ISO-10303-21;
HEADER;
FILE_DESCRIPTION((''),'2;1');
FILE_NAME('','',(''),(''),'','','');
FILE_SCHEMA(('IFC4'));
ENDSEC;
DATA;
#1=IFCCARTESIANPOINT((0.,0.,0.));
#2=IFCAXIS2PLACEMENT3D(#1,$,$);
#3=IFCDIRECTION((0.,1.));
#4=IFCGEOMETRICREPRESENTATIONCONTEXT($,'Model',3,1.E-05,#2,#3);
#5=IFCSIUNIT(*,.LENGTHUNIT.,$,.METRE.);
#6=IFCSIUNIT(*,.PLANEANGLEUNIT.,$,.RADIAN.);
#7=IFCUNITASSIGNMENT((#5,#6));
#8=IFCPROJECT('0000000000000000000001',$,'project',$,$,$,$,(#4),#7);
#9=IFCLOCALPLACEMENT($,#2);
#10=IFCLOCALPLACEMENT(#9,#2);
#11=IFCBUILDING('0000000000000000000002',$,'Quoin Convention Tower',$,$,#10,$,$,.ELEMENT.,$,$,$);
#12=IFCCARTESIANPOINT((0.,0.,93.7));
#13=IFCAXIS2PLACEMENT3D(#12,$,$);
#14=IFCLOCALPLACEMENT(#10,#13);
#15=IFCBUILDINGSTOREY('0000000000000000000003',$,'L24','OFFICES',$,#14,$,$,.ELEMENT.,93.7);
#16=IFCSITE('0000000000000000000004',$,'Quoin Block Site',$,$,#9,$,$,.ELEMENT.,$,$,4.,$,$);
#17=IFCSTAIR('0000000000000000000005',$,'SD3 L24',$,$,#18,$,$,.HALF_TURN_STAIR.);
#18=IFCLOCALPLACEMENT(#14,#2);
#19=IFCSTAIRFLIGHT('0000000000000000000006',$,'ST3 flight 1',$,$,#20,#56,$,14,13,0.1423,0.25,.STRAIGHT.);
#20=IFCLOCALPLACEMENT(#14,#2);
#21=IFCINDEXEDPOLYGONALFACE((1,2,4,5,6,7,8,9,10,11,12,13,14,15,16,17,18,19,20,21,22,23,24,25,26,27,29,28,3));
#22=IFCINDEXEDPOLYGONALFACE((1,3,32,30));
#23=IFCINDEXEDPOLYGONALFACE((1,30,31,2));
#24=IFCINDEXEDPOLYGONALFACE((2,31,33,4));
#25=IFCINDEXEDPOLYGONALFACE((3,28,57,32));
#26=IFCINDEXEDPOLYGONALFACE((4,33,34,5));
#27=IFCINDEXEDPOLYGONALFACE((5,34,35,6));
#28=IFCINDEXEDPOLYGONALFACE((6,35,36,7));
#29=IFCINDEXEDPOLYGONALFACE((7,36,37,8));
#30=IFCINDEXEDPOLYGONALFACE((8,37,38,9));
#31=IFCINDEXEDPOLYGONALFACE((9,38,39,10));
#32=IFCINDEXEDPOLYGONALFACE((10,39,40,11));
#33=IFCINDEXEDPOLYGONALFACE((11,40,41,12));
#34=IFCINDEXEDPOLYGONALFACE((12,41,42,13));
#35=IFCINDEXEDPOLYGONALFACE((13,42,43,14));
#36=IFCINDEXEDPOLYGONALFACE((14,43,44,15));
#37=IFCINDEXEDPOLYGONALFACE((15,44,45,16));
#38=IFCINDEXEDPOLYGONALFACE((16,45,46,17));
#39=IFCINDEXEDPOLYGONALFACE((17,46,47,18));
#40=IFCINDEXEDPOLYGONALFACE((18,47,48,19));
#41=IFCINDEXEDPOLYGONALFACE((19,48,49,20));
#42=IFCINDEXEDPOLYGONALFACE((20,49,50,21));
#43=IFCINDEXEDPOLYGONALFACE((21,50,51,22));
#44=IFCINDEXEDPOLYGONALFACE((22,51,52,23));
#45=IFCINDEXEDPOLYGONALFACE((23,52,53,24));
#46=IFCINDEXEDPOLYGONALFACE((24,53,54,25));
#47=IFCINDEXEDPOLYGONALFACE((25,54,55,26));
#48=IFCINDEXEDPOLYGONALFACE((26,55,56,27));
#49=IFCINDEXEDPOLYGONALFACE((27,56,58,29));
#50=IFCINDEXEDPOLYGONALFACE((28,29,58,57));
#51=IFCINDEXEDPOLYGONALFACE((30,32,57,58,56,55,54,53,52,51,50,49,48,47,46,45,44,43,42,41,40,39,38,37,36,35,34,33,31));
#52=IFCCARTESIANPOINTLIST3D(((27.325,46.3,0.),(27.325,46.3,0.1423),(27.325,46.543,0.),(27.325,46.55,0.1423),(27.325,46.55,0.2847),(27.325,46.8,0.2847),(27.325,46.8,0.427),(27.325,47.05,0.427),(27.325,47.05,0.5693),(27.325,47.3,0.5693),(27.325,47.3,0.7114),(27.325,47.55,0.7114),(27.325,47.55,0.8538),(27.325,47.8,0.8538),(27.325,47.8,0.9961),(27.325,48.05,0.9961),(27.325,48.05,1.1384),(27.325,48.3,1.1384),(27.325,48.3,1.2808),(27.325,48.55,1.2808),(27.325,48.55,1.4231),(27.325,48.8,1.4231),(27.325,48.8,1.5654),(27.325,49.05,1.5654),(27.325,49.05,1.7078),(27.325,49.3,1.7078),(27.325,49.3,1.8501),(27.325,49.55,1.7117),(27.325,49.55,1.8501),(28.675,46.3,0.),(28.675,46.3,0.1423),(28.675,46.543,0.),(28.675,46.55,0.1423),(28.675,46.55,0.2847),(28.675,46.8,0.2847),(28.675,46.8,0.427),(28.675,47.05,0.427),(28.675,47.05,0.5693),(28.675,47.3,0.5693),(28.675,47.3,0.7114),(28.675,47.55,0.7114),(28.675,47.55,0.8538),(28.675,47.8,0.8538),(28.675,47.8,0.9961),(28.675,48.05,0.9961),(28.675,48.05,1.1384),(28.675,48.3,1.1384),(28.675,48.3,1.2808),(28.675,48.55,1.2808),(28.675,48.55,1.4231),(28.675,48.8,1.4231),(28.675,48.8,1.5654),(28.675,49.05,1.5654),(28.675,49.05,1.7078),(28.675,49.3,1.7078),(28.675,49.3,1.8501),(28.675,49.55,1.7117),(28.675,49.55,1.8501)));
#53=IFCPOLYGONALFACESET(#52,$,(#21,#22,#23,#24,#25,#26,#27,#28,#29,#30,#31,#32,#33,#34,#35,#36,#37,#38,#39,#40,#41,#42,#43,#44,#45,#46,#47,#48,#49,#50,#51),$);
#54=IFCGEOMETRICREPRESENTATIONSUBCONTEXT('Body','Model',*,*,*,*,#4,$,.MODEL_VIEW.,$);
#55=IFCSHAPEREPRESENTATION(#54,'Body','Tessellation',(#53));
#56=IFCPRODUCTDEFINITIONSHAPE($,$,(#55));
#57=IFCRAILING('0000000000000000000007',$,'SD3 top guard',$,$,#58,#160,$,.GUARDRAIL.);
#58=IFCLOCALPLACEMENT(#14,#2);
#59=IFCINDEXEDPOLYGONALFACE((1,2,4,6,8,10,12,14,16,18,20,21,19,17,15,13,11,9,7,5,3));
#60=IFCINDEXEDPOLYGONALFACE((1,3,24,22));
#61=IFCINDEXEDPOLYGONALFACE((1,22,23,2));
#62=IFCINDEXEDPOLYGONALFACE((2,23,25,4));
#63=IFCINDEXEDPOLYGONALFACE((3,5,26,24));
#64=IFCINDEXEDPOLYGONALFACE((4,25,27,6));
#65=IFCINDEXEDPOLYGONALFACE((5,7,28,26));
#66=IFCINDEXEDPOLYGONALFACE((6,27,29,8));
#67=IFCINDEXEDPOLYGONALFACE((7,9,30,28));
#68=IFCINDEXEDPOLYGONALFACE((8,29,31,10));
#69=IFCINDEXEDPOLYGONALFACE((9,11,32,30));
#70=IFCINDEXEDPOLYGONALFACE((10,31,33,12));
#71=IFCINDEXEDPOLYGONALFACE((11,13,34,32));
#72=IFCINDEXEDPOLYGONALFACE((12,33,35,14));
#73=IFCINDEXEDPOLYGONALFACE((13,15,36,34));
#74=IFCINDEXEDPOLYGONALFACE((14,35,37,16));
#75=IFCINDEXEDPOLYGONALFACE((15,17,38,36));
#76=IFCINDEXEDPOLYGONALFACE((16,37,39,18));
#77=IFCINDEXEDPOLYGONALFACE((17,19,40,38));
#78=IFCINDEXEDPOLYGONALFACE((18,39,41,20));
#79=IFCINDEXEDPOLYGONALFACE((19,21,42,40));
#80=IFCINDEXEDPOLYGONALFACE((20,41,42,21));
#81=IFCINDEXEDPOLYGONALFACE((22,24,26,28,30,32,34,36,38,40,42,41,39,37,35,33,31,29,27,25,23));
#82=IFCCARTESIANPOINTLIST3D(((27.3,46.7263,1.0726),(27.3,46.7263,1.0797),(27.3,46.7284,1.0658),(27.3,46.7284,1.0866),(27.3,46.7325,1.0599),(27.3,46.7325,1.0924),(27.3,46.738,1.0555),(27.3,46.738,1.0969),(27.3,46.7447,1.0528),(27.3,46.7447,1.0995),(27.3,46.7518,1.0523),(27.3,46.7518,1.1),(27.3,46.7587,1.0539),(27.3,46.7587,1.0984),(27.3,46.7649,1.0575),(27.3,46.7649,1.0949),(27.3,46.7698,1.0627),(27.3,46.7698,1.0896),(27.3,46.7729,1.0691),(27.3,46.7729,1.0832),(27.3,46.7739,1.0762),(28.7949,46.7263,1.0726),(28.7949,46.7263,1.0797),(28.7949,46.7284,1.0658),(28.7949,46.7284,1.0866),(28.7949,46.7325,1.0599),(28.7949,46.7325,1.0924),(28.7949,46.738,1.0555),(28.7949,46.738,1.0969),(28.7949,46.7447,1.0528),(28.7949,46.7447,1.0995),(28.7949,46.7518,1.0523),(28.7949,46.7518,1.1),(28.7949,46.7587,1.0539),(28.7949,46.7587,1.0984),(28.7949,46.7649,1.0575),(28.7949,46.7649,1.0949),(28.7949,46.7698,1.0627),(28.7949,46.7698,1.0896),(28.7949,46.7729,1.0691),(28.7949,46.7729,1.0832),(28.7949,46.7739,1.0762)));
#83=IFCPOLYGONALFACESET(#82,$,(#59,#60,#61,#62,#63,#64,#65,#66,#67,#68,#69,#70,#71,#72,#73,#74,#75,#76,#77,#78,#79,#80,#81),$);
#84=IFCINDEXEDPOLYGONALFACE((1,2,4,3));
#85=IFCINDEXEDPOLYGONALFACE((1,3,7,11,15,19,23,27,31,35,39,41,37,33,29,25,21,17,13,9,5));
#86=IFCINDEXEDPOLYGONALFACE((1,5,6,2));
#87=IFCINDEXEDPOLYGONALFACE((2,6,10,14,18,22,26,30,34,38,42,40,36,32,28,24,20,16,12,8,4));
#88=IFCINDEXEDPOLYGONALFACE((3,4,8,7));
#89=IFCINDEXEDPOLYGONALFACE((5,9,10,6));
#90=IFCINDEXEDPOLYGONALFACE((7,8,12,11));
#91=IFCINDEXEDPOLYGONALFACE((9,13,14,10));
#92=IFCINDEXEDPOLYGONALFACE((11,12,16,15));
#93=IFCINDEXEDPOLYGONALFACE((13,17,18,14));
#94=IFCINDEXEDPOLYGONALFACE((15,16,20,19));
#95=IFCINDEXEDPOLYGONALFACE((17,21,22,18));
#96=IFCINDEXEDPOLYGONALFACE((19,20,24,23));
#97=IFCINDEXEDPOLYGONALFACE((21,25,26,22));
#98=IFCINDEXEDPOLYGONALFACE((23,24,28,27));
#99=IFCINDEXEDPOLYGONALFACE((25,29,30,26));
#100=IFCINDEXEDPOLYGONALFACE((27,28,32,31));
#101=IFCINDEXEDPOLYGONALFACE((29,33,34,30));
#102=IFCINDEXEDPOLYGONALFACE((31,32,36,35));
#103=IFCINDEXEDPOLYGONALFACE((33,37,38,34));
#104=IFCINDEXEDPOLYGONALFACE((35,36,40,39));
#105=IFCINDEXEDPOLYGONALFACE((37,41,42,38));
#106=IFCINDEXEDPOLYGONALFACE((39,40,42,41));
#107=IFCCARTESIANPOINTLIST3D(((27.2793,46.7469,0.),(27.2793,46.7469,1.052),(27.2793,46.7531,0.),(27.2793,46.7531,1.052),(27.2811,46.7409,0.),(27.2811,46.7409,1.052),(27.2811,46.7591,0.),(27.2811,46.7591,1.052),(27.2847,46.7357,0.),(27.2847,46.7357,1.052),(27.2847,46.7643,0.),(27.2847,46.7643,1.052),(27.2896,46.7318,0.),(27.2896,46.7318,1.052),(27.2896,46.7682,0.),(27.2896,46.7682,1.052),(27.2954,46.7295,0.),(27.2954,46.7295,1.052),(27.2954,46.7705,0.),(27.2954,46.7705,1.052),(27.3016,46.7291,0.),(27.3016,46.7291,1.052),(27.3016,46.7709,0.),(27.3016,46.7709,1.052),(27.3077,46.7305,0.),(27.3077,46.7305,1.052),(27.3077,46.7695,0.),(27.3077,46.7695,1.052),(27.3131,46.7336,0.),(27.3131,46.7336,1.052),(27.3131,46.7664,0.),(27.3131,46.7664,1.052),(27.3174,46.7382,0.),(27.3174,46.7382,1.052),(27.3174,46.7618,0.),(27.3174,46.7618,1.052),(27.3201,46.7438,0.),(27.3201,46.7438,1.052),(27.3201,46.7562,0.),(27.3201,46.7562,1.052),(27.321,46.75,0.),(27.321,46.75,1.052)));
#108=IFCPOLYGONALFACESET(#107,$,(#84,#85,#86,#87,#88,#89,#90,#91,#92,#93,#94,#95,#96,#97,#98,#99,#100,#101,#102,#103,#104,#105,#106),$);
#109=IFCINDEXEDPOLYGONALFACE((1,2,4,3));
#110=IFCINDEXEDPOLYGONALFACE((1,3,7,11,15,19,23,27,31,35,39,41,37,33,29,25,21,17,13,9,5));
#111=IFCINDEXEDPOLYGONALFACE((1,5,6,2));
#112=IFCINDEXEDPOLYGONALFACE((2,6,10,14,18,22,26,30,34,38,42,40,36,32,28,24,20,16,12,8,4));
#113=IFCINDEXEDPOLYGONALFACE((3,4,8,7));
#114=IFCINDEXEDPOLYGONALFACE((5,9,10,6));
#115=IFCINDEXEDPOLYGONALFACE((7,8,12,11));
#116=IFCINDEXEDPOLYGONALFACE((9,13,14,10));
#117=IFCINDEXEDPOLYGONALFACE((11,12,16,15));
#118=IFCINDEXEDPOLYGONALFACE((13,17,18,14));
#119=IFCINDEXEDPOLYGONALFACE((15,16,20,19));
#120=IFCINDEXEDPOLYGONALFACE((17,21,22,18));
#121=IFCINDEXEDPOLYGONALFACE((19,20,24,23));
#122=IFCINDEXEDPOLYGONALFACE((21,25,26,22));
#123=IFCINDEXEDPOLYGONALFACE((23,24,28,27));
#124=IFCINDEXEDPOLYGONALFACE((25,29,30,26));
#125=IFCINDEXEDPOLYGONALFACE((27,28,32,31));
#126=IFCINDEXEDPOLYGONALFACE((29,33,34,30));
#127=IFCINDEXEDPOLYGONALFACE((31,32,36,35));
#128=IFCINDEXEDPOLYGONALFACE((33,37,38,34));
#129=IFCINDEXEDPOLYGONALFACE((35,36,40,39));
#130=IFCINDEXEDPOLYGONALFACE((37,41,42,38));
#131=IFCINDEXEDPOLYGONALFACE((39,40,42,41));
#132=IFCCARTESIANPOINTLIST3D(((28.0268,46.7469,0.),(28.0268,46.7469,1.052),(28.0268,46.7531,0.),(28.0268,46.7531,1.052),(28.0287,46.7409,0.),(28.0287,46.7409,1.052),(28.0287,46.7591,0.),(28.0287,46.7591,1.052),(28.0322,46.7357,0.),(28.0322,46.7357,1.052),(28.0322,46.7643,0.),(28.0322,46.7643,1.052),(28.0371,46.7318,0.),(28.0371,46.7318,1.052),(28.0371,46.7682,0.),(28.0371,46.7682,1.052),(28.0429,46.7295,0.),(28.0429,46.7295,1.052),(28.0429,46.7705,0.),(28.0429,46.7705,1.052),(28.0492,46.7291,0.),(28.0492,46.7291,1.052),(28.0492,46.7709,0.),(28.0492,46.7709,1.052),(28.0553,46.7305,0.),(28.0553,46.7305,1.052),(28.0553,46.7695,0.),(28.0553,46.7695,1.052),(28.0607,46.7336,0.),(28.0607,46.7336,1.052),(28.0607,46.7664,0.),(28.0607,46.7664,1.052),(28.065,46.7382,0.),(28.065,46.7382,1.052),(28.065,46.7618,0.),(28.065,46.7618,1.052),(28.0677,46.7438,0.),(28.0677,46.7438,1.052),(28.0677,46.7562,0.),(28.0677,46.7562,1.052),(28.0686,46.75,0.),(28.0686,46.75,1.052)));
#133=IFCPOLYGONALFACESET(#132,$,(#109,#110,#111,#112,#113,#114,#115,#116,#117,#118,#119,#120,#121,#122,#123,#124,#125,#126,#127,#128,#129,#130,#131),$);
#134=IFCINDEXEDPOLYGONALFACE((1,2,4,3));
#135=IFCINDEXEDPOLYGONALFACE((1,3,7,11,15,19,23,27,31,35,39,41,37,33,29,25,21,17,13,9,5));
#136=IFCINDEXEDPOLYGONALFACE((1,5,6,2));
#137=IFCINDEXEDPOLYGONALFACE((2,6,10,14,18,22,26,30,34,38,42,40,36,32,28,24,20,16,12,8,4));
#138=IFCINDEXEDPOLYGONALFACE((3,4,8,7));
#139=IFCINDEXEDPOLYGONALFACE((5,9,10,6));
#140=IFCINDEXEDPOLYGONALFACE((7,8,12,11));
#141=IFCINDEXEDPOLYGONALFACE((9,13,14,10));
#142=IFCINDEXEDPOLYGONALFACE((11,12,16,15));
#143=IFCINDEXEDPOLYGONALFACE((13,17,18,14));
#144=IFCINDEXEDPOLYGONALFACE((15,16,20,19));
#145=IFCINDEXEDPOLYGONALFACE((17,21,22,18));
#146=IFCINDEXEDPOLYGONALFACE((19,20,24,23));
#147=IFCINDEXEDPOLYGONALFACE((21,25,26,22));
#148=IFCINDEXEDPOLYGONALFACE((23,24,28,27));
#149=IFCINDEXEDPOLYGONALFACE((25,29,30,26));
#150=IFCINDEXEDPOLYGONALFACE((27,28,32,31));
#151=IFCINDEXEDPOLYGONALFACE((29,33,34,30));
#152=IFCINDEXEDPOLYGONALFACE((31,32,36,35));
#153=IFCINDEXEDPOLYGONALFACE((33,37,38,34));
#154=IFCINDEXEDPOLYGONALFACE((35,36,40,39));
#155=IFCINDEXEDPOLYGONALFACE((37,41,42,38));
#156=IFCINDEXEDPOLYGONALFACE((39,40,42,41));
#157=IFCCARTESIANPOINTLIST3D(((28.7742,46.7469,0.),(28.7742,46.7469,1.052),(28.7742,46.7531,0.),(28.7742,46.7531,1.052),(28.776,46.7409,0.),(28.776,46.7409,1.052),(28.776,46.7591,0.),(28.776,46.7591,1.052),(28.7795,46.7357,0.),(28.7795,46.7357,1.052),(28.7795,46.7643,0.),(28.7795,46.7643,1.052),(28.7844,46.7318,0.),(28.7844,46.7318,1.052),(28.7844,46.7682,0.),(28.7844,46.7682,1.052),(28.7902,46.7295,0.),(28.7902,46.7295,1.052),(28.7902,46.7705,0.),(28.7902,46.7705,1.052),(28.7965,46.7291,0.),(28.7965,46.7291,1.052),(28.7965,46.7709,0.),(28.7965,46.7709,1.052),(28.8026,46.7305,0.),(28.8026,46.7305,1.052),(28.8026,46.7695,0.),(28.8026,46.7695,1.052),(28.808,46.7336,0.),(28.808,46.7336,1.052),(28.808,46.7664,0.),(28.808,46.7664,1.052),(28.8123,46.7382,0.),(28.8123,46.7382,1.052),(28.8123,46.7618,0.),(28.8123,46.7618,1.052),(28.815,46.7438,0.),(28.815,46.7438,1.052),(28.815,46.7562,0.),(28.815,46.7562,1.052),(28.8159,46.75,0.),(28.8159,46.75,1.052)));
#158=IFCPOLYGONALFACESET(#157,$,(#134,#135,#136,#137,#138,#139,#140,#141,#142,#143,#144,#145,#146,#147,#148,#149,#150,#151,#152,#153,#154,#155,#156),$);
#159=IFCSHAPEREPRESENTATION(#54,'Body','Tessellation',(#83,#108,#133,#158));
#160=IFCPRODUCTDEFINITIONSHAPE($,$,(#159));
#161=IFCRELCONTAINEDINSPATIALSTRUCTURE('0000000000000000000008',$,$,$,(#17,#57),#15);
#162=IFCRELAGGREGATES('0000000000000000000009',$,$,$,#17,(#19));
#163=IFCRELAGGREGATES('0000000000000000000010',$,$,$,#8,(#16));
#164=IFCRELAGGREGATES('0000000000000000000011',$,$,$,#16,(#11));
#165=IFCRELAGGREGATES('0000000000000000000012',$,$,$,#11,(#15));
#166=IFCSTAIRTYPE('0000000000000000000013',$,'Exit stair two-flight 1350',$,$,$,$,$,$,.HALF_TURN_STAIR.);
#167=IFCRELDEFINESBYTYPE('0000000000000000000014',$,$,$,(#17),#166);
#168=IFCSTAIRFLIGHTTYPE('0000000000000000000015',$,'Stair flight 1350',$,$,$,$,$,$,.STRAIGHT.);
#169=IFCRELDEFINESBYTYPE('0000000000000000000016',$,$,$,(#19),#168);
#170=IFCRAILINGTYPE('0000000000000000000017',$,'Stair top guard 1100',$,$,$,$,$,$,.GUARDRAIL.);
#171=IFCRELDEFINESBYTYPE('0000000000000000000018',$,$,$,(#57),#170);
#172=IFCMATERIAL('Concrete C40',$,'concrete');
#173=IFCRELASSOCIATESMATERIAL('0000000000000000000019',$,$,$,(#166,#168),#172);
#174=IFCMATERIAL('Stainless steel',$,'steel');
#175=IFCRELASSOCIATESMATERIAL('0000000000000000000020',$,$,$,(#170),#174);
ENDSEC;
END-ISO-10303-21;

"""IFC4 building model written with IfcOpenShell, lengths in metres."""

from ifc_helpers import new_model, si_unit, direction, frame, origin, origin_2d, place, context, subcontext, project, spatial, polyline, circle, outline, extrude, material, type_object, element, aggregate, save


model = new_model("IFC4")

# Units and contexts
model_context = context("Model", 3, precision=1e-05, world=origin(), true_north=direction((0.0, 1.0)))
body_context = subcontext(model_context, "Body", "Model", "MODEL_VIEW")
ifc_project = project(units=[si_unit("LENGTHUNIT", "METRE"), si_unit("PLANEANGLEUNIT", "RADIAN")], contexts=[model_context])

# Site, building, storey
site_placement = place(None, origin())
site = spatial("IfcSite", under=ifc_project, at=site_placement, Name="Quoin Block Site", CompositionType="ELEMENT", RefElevation=4.0)
building_placement = place(site_placement, origin())
building = spatial("IfcBuilding", under=site, at=building_placement, Name="Quoin Convention Tower", CompositionType="ELEMENT")
storey_placement = place(building_placement, frame((0.0, 0.0, 93.7)))
storey = spatial("IfcBuildingStorey", under=building, at=storey_placement, Name="L24", Description="OFFICES", CompositionType="ELEMENT", Elevation=93.7)

# Stair, stair flight
ifc_material_1 = material(Name="Concrete C40", Category="concrete")
stair_type = type_object("IfcStairType", Name="Exit stair two-flight 1350", PredefinedType="HALF_TURN_STAIR", material=ifc_material_1)
stair_placement = place(storey_placement, origin())
stair = element("IfcStair", 1, at=stair_placement, inside=storey, type_object=stair_type, Name="SD3 L24", PredefinedType="HALF_TURN_STAIR")
stair_flight_type = type_object("IfcStairFlightType", Name="Stair flight 1350", PredefinedType="STRAIGHT", material=ifc_material_1)
stair_flight_placement = place(storey_placement, frame((28.0, 46.3, 0.0), z_axis=(0.0, 0.0, 1.0), x_axis=(0.0, 1.0, 0.0)))
stair_flight = element("IfcStairFlight", 2, at=stair_flight_placement, type_object=stair_flight_type, Name="ST3 flight 1", NumberOfRisers=14, NumberOfTreads=13, PredefinedType="STRAIGHT", RiserHeight=0.1423, TreadLength=0.25, context=body_context, shape_type="SweptSolid", body=[
    extrude(outline(polyline([(0.0, 0.0), (0.0, 0.1423), (0.25, 0.1423), (0.25, 0.2847), (0.5, 0.2847), (0.5, 0.427), (0.75, 0.427), (0.75, 0.5693), (1.0, 0.5693), (1.0, 0.7114), (1.25, 0.7114), (1.25, 0.8538), (1.5, 0.8538), (1.5, 0.9961), (1.75, 0.9961), (1.75, 1.1384), (2.0, 1.1384), (2.0, 1.2808), (2.25, 1.2808), (2.25, 1.4231), (2.5, 1.4231), (2.5, 1.5654), (2.75, 1.5654), (2.75, 1.7078), (3.0, 1.7078), (3.0, 1.8501), (3.25, 1.8501), (3.25, 1.9922), (3.25, 1.7117), (0.2429, 0.0), (0.0, 0.0)])), frame((0.0, 0.675, 0.0), z_axis=(0.0, -1.0, 0.0), x_axis=(1.0, 0.0, 0.0)), (0.0, 0.0, 1.0), 1.3501),
])
aggregate(stair, [stair_flight])

# Railing
ifc_material_2 = material(Name="Stainless steel", Category="steel")
railing_type = type_object("IfcRailingType", Name="Stair top guard 1100", PredefinedType="GUARDRAIL", material=ifc_material_2)
railing_placement = place(storey_placement, frame((27.3, 46.75, 0.0)))
element("IfcRailing", 3, at=railing_placement, inside=storey, type_object=railing_type, Name="SD3 top guard", PredefinedType="GUARDRAIL", context=body_context, shape_type="SweptSolid", body=[
    extrude(circle(Radius=0.0239, at=origin_2d()), frame((0.0, 0.0, 1.0762), z_axis=(1.0, 0.0, 0.0), x_axis=(0.0, 1.0, 0.0)), (0.0, 0.0, 1.0), 1.4949),
    extrude(circle(Radius=0.021, at=origin_2d()), origin(), (0.0, 0.0, 1.0), 1.052),
    extrude(circle(Radius=0.021, at=origin_2d()), frame((0.7476, 0.0, 0.0)), (0.0, 0.0, 1.0), 1.052),
    extrude(circle(Radius=0.021, at=origin_2d()), frame((1.4949, 0.0, 0.0)), (0.0, 0.0, 1.0), 1.052),
])

save(model, "model.ifc")
